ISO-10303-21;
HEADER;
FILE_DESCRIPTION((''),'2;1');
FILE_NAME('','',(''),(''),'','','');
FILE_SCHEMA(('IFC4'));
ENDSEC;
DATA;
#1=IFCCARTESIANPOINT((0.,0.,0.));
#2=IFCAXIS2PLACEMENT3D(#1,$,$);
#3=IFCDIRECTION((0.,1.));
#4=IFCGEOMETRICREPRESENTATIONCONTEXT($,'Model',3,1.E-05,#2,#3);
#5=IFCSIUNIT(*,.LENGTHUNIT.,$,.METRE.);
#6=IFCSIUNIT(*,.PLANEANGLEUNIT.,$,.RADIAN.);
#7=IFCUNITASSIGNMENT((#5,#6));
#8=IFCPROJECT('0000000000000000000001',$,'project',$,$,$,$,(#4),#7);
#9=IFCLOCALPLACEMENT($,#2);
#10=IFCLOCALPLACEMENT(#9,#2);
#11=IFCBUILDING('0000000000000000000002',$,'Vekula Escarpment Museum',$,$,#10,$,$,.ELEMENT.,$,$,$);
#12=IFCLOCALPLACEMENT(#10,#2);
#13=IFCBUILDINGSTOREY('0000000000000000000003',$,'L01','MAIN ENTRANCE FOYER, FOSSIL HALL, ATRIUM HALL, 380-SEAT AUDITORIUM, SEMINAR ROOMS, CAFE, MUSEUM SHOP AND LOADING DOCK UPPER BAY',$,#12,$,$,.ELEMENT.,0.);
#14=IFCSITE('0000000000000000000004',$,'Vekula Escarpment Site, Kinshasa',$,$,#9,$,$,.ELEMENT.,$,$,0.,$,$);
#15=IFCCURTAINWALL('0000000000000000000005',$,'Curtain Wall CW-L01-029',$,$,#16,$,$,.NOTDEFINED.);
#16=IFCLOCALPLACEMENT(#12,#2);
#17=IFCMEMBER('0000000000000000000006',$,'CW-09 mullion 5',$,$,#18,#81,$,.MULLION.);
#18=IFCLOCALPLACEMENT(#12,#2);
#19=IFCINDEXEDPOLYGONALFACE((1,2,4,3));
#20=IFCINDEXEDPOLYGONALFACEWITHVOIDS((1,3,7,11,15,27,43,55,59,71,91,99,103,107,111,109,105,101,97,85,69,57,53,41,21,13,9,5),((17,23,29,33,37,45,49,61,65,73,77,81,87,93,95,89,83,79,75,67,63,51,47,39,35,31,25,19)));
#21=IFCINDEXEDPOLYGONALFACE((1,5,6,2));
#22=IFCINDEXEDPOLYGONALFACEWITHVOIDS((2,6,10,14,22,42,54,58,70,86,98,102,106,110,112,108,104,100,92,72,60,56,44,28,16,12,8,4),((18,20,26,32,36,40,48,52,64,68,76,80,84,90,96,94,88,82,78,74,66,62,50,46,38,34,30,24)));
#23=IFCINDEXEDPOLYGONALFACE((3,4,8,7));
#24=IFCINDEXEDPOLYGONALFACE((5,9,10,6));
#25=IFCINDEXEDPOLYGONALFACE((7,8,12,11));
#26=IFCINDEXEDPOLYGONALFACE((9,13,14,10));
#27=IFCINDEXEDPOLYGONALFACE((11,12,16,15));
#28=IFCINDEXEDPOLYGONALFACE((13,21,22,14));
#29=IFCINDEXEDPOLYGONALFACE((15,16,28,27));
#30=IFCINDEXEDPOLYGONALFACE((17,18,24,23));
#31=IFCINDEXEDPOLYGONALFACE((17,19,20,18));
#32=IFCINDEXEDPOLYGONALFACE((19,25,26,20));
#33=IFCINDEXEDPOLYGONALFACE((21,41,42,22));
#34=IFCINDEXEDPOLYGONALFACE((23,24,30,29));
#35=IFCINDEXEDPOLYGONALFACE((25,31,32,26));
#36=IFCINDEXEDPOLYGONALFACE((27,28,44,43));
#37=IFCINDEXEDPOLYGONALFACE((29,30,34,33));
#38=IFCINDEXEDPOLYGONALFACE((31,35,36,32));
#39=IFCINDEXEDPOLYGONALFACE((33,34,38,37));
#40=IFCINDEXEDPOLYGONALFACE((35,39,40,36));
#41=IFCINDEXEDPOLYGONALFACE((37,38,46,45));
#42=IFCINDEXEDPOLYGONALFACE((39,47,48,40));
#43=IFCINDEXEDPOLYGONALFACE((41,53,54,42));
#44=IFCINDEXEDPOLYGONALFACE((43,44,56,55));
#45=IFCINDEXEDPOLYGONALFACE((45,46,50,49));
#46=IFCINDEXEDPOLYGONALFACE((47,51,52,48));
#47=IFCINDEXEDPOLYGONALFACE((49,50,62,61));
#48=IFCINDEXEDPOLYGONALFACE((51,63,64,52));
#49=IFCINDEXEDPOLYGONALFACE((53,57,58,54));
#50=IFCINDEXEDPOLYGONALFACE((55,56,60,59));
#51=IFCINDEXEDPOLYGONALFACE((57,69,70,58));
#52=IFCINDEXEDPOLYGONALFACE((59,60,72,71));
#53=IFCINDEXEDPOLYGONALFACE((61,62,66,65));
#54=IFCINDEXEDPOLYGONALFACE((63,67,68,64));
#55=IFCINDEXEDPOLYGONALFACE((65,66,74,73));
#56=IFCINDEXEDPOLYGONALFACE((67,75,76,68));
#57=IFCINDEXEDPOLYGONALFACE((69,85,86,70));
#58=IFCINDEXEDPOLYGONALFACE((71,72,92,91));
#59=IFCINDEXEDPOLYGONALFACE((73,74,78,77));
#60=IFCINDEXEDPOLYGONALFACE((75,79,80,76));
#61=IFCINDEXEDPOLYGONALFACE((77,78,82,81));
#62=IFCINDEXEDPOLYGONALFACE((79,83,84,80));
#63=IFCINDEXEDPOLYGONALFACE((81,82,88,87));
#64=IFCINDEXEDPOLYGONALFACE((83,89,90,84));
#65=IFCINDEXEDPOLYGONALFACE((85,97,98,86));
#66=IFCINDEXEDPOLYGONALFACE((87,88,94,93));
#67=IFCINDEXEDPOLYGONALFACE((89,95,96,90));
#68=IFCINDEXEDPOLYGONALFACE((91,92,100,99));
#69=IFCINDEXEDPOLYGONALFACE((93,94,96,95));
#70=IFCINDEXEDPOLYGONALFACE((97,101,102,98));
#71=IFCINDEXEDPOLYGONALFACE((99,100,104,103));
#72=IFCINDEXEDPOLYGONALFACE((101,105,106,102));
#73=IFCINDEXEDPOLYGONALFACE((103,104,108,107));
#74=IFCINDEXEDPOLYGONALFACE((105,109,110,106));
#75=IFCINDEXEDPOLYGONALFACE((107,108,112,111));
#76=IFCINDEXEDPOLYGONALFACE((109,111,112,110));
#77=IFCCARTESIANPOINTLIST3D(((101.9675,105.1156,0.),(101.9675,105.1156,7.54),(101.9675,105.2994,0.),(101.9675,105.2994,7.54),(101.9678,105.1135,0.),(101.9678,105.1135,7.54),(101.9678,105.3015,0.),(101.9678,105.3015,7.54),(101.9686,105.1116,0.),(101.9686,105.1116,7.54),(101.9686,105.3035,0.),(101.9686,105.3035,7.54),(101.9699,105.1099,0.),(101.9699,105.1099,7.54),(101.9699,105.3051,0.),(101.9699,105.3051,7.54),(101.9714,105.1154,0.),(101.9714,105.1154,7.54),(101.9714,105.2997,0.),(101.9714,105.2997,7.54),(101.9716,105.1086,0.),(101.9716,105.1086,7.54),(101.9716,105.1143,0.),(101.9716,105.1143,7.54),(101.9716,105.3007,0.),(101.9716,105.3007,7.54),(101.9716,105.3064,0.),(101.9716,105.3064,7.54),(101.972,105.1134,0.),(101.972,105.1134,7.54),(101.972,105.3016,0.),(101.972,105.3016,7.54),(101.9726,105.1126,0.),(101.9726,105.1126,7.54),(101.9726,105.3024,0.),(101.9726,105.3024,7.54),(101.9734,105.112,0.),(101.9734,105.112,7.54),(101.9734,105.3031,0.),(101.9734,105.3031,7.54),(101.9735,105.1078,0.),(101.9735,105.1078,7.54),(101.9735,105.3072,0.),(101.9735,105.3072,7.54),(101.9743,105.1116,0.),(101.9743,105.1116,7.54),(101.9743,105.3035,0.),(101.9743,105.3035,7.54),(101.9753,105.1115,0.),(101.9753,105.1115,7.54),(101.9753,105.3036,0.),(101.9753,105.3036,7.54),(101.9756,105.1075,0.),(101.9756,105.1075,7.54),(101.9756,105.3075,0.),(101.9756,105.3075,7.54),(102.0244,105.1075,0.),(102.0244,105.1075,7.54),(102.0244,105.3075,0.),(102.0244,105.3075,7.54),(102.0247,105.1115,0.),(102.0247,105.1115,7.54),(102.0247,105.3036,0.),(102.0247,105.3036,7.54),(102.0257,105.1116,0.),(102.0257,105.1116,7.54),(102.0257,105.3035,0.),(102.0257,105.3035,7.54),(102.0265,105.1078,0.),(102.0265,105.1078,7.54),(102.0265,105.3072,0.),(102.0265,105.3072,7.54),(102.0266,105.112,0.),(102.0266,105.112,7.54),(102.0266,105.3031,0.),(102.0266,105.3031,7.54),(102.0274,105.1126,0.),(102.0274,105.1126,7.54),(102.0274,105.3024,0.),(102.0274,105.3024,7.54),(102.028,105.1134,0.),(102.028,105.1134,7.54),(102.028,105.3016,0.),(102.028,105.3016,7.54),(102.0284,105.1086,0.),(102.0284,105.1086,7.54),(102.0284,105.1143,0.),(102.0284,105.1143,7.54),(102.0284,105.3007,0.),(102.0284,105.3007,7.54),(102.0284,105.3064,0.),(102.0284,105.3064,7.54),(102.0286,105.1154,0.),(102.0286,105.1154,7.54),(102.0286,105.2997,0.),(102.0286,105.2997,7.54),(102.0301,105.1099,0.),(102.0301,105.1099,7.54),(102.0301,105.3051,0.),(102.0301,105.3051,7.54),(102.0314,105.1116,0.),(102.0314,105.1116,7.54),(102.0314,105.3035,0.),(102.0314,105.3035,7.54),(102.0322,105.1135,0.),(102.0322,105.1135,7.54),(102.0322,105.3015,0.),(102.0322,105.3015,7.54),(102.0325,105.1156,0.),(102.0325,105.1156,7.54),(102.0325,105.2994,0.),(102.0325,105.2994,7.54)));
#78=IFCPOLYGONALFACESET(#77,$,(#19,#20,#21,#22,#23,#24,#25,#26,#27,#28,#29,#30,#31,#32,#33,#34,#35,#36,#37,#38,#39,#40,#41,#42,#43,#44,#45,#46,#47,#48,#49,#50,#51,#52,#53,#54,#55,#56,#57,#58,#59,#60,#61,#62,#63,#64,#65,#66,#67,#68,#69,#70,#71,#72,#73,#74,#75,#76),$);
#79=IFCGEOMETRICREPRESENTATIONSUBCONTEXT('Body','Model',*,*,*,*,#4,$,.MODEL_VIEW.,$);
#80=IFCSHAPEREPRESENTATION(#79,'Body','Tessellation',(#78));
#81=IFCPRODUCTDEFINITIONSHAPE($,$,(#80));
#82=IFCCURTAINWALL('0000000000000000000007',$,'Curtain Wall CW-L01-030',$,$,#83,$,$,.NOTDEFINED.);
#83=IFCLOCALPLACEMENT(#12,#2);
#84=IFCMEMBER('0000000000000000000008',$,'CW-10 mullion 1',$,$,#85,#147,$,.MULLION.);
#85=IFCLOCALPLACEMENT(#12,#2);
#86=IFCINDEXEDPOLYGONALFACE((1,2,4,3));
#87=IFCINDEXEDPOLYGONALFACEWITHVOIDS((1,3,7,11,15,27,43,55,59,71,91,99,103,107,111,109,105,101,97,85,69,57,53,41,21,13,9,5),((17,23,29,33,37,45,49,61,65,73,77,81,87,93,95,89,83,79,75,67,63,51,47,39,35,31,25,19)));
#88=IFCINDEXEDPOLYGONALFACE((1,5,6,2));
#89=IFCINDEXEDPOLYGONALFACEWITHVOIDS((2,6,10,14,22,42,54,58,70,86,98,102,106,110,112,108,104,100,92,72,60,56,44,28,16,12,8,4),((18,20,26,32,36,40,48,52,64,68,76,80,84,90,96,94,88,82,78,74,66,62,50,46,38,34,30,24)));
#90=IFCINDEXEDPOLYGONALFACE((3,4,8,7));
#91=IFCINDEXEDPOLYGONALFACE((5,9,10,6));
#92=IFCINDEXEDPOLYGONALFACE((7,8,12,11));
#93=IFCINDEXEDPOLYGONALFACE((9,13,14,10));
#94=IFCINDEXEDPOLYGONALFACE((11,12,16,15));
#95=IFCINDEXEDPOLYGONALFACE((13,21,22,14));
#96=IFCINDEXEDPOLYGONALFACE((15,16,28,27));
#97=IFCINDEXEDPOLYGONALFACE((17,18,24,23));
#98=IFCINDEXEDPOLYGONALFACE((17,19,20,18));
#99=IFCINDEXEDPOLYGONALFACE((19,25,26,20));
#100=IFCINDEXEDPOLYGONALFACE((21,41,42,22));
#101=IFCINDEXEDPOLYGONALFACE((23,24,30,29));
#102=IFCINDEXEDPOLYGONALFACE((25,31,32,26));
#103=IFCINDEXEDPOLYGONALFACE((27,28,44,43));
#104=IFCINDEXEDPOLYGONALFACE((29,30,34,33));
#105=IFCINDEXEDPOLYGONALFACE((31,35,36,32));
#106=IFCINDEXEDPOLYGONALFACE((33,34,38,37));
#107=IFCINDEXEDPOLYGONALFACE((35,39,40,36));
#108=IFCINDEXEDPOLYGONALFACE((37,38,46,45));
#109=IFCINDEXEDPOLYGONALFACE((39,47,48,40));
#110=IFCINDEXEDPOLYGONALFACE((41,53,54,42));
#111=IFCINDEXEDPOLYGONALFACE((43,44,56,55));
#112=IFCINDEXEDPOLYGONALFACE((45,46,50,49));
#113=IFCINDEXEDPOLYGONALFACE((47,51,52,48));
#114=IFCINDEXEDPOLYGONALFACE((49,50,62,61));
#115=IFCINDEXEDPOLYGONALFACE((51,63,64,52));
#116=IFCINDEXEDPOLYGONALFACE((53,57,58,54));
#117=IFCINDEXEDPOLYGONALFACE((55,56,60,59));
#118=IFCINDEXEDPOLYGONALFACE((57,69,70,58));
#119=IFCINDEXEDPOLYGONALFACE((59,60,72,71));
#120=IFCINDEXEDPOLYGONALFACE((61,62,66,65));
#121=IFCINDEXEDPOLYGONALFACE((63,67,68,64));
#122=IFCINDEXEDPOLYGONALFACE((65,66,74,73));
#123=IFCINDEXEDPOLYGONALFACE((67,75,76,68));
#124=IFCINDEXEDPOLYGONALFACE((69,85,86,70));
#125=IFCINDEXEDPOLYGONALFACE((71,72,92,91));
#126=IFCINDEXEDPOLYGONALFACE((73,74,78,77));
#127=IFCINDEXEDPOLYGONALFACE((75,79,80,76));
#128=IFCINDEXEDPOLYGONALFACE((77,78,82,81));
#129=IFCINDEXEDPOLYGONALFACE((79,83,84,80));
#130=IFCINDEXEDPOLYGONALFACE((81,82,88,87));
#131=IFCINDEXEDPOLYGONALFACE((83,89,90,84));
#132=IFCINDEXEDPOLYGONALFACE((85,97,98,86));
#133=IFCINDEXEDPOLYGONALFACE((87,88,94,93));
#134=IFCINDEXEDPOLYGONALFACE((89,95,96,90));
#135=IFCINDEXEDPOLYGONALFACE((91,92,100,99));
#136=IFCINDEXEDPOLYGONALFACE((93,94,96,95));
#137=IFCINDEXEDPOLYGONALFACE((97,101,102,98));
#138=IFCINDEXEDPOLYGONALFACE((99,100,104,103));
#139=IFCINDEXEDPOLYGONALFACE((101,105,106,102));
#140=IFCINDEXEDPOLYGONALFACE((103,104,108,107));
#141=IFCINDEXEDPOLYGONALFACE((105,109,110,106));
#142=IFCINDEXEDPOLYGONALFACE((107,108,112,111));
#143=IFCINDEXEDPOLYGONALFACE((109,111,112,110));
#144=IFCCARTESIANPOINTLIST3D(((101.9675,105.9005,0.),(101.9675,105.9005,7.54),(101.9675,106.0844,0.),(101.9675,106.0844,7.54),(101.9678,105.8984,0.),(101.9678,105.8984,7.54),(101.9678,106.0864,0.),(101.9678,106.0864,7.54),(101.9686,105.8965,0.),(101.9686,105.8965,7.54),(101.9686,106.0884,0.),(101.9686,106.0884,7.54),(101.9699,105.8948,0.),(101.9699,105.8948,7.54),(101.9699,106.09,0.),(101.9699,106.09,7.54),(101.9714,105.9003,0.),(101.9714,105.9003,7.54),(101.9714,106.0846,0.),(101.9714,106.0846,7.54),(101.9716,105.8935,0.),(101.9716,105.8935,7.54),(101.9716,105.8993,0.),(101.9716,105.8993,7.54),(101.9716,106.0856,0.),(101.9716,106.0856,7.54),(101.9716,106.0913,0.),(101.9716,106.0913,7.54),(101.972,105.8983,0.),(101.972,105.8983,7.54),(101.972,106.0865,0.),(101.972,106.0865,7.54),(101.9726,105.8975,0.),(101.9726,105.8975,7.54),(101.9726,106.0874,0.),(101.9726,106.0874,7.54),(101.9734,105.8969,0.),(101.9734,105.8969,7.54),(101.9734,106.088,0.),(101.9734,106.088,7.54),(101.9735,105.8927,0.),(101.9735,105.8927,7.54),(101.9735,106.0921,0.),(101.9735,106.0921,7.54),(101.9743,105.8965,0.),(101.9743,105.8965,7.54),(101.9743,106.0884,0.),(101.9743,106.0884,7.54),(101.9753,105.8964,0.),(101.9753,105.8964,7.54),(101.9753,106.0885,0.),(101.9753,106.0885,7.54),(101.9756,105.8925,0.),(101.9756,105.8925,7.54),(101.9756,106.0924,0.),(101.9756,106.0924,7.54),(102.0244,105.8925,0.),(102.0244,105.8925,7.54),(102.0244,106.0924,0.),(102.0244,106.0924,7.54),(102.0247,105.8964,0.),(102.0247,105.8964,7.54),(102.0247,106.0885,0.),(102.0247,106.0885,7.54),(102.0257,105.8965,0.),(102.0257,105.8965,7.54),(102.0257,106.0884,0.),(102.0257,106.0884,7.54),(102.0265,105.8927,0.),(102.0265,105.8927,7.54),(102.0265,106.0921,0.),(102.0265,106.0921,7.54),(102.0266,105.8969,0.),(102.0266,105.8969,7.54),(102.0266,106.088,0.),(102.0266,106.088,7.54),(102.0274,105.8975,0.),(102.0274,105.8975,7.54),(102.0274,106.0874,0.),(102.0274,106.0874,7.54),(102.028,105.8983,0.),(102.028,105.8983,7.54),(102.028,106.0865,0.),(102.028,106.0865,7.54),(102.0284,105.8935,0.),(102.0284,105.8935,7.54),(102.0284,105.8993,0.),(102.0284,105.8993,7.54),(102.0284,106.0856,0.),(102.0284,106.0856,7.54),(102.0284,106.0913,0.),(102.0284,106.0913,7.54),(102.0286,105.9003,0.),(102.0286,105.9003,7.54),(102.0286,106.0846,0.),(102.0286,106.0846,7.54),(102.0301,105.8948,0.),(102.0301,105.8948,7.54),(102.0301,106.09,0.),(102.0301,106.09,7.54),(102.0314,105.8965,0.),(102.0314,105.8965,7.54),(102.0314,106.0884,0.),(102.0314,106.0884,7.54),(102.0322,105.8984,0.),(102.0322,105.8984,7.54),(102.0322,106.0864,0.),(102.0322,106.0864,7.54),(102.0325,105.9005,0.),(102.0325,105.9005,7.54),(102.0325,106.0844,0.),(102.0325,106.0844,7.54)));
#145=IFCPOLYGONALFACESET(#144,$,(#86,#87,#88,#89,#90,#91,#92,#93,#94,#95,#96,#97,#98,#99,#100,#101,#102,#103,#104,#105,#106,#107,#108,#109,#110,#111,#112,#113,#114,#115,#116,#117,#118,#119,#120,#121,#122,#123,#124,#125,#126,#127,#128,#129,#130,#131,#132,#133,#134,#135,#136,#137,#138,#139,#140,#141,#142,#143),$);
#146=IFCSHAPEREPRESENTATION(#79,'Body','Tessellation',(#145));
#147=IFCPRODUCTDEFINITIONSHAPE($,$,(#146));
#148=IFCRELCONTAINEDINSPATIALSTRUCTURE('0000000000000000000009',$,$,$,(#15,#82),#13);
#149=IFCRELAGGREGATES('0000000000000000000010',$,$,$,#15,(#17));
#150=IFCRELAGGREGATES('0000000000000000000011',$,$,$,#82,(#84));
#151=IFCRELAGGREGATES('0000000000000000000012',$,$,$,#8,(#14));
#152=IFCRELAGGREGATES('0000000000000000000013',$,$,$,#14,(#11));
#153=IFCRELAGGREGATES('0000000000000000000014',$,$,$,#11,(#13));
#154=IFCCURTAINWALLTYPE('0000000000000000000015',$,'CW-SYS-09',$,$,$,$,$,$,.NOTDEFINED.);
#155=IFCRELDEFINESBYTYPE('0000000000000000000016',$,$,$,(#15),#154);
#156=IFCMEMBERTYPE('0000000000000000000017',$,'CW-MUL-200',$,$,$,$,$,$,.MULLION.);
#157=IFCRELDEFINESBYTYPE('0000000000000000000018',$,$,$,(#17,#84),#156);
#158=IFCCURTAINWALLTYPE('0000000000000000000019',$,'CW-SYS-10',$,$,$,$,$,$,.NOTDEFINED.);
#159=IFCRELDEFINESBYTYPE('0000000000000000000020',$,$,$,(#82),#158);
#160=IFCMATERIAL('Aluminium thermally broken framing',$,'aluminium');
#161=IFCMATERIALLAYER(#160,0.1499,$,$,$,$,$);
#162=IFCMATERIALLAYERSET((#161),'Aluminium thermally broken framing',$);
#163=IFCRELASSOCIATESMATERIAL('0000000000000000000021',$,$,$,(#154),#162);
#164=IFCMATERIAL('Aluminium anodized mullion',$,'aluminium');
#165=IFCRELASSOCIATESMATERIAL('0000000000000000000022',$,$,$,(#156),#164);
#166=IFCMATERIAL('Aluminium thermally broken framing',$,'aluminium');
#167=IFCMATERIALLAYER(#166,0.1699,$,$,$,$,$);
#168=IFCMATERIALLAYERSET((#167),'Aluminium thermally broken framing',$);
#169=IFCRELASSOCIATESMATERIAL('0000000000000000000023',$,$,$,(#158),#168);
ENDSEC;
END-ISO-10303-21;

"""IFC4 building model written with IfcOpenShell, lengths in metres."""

from ifc_helpers import new_model, si_unit, direction, frame, origin, origin_2d, place, context, subcontext, project, spatial, hollow_rectangle, extrude, material, layer, layer_set, material_profile, profile_set, type_object, element, aggregate, save


model = new_model("IFC4")

# Units and contexts
model_context = context("Model", 3, precision=1e-05, world=origin(), true_north=direction((0.0, 1.0)))
body_context = subcontext(model_context, "Body", "Model", "MODEL_VIEW")
ifc_project = project(units=[si_unit("LENGTHUNIT", "METRE"), si_unit("PLANEANGLEUNIT", "RADIAN")], contexts=[model_context])

# Site, building, storey
site_placement = place(None, origin())
site = spatial("IfcSite", under=ifc_project, at=site_placement, Name="Vekula Escarpment Site, Kinshasa", CompositionType="ELEMENT", RefElevation=0.0)
building_placement = place(site_placement, origin())
building = spatial("IfcBuilding", under=site, at=building_placement, Name="Vekula Escarpment Museum", CompositionType="ELEMENT")
storey_placement = place(building_placement, origin())
storey = spatial("IfcBuildingStorey", under=building, at=storey_placement, Name="L01", Description="MAIN ENTRANCE FOYER, FOSSIL HALL, ATRIUM HALL, 380-SEAT AUDITORIUM, SEMINAR ROOMS, CAFE, MUSEUM SHOP AND LOADING DOCK UPPER BAY", CompositionType="ELEMENT", Elevation=0.0)

# Curtain walls, members
ifc_material_1 = material(Name="Aluminium thermally broken framing", Category="aluminium")
ifc_layer_1 = layer(ifc_material_1, 0.1499)
ifc_layer_set_1 = layer_set([ifc_layer_1], Name="Aluminium thermally broken framing")
curtain_wall_type_1 = type_object("IfcCurtainWallType", Name="CW-SYS-09", PredefinedType="NOTDEFINED", material=ifc_layer_set_1)
curtain_wall_1_placement = place(storey_placement, origin())
curtain_wall_1 = element("IfcCurtainWall", 1, at=curtain_wall_1_placement, inside=storey, type_object=curtain_wall_type_1, Name="Curtain Wall CW-L01-029", PredefinedType="NOTDEFINED")
ifc_material_2 = material(Name="Aluminium anodized mullion", Category="aluminium")
ifc_material_profile_1 = material_profile(ifc_material_2, hollow_rectangle(XDim=0.0649, YDim=0.2, WallThickness=0.0039, InnerFilletRadius=0.0039, OuterFilletRadius=0.0081, at=origin_2d()), Name="ALU 200x65x4")
ifc_profile_set_1 = profile_set([ifc_material_profile_1], Name="Aluminium anodized mullion")
member_type_1 = type_object("IfcMemberType", Name="CW-MUL-200", PredefinedType="MULLION", material=ifc_profile_set_1)
member_1_placement = place(storey_placement, frame((102.0, 105.2075, 0.0), z_axis=(0.0, 0.0, 1.0), x_axis=(-1.0, 0.0, 0.0)))
member_1 = element("IfcMember", 2, at=member_1_placement, type_object=member_type_1, Name="CW-09 mullion 5", PredefinedType="MULLION", context=body_context, shape_type="SweptSolid", body=[
    extrude(hollow_rectangle(XDim=0.0649, YDim=0.2, WallThickness=0.0039, InnerFilletRadius=0.0039, OuterFilletRadius=0.0081, at=origin_2d()), origin(), (0.0, 0.0, 1.0), 7.54),
])
ifc_material_3 = material(Name="Aluminium thermally broken framing", Category="aluminium")
ifc_layer_2 = layer(ifc_material_3, 0.1699)
ifc_layer_set_2 = layer_set([ifc_layer_2], Name="Aluminium thermally broken framing")
curtain_wall_type_2 = type_object("IfcCurtainWallType", Name="CW-SYS-10", PredefinedType="NOTDEFINED", material=ifc_layer_set_2)
curtain_wall_2_placement = place(storey_placement, origin())
curtain_wall_2 = element("IfcCurtainWall", 3, at=curtain_wall_2_placement, inside=storey, type_object=curtain_wall_type_2, Name="Curtain Wall CW-L01-030", PredefinedType="NOTDEFINED")
member_2_placement = place(storey_placement, frame((102.0, 105.9924, 0.0), z_axis=(0.0, 0.0, 1.0), x_axis=(-1.0, 0.0, 0.0)))
member_2 = element("IfcMember", 4, at=member_2_placement, type_object=member_type_1, Name="CW-10 mullion 1", PredefinedType="MULLION", context=body_context, shape_type="SweptSolid", body=[
    extrude(hollow_rectangle(XDim=0.0649, YDim=0.2, WallThickness=0.0039, InnerFilletRadius=0.0039, OuterFilletRadius=0.0081, at=origin_2d()), origin(), (0.0, 0.0, 1.0), 7.54),
])

aggregate(curtain_wall_1, [member_1])
aggregate(curtain_wall_2, [member_2])

save(model, "model.ifc")
